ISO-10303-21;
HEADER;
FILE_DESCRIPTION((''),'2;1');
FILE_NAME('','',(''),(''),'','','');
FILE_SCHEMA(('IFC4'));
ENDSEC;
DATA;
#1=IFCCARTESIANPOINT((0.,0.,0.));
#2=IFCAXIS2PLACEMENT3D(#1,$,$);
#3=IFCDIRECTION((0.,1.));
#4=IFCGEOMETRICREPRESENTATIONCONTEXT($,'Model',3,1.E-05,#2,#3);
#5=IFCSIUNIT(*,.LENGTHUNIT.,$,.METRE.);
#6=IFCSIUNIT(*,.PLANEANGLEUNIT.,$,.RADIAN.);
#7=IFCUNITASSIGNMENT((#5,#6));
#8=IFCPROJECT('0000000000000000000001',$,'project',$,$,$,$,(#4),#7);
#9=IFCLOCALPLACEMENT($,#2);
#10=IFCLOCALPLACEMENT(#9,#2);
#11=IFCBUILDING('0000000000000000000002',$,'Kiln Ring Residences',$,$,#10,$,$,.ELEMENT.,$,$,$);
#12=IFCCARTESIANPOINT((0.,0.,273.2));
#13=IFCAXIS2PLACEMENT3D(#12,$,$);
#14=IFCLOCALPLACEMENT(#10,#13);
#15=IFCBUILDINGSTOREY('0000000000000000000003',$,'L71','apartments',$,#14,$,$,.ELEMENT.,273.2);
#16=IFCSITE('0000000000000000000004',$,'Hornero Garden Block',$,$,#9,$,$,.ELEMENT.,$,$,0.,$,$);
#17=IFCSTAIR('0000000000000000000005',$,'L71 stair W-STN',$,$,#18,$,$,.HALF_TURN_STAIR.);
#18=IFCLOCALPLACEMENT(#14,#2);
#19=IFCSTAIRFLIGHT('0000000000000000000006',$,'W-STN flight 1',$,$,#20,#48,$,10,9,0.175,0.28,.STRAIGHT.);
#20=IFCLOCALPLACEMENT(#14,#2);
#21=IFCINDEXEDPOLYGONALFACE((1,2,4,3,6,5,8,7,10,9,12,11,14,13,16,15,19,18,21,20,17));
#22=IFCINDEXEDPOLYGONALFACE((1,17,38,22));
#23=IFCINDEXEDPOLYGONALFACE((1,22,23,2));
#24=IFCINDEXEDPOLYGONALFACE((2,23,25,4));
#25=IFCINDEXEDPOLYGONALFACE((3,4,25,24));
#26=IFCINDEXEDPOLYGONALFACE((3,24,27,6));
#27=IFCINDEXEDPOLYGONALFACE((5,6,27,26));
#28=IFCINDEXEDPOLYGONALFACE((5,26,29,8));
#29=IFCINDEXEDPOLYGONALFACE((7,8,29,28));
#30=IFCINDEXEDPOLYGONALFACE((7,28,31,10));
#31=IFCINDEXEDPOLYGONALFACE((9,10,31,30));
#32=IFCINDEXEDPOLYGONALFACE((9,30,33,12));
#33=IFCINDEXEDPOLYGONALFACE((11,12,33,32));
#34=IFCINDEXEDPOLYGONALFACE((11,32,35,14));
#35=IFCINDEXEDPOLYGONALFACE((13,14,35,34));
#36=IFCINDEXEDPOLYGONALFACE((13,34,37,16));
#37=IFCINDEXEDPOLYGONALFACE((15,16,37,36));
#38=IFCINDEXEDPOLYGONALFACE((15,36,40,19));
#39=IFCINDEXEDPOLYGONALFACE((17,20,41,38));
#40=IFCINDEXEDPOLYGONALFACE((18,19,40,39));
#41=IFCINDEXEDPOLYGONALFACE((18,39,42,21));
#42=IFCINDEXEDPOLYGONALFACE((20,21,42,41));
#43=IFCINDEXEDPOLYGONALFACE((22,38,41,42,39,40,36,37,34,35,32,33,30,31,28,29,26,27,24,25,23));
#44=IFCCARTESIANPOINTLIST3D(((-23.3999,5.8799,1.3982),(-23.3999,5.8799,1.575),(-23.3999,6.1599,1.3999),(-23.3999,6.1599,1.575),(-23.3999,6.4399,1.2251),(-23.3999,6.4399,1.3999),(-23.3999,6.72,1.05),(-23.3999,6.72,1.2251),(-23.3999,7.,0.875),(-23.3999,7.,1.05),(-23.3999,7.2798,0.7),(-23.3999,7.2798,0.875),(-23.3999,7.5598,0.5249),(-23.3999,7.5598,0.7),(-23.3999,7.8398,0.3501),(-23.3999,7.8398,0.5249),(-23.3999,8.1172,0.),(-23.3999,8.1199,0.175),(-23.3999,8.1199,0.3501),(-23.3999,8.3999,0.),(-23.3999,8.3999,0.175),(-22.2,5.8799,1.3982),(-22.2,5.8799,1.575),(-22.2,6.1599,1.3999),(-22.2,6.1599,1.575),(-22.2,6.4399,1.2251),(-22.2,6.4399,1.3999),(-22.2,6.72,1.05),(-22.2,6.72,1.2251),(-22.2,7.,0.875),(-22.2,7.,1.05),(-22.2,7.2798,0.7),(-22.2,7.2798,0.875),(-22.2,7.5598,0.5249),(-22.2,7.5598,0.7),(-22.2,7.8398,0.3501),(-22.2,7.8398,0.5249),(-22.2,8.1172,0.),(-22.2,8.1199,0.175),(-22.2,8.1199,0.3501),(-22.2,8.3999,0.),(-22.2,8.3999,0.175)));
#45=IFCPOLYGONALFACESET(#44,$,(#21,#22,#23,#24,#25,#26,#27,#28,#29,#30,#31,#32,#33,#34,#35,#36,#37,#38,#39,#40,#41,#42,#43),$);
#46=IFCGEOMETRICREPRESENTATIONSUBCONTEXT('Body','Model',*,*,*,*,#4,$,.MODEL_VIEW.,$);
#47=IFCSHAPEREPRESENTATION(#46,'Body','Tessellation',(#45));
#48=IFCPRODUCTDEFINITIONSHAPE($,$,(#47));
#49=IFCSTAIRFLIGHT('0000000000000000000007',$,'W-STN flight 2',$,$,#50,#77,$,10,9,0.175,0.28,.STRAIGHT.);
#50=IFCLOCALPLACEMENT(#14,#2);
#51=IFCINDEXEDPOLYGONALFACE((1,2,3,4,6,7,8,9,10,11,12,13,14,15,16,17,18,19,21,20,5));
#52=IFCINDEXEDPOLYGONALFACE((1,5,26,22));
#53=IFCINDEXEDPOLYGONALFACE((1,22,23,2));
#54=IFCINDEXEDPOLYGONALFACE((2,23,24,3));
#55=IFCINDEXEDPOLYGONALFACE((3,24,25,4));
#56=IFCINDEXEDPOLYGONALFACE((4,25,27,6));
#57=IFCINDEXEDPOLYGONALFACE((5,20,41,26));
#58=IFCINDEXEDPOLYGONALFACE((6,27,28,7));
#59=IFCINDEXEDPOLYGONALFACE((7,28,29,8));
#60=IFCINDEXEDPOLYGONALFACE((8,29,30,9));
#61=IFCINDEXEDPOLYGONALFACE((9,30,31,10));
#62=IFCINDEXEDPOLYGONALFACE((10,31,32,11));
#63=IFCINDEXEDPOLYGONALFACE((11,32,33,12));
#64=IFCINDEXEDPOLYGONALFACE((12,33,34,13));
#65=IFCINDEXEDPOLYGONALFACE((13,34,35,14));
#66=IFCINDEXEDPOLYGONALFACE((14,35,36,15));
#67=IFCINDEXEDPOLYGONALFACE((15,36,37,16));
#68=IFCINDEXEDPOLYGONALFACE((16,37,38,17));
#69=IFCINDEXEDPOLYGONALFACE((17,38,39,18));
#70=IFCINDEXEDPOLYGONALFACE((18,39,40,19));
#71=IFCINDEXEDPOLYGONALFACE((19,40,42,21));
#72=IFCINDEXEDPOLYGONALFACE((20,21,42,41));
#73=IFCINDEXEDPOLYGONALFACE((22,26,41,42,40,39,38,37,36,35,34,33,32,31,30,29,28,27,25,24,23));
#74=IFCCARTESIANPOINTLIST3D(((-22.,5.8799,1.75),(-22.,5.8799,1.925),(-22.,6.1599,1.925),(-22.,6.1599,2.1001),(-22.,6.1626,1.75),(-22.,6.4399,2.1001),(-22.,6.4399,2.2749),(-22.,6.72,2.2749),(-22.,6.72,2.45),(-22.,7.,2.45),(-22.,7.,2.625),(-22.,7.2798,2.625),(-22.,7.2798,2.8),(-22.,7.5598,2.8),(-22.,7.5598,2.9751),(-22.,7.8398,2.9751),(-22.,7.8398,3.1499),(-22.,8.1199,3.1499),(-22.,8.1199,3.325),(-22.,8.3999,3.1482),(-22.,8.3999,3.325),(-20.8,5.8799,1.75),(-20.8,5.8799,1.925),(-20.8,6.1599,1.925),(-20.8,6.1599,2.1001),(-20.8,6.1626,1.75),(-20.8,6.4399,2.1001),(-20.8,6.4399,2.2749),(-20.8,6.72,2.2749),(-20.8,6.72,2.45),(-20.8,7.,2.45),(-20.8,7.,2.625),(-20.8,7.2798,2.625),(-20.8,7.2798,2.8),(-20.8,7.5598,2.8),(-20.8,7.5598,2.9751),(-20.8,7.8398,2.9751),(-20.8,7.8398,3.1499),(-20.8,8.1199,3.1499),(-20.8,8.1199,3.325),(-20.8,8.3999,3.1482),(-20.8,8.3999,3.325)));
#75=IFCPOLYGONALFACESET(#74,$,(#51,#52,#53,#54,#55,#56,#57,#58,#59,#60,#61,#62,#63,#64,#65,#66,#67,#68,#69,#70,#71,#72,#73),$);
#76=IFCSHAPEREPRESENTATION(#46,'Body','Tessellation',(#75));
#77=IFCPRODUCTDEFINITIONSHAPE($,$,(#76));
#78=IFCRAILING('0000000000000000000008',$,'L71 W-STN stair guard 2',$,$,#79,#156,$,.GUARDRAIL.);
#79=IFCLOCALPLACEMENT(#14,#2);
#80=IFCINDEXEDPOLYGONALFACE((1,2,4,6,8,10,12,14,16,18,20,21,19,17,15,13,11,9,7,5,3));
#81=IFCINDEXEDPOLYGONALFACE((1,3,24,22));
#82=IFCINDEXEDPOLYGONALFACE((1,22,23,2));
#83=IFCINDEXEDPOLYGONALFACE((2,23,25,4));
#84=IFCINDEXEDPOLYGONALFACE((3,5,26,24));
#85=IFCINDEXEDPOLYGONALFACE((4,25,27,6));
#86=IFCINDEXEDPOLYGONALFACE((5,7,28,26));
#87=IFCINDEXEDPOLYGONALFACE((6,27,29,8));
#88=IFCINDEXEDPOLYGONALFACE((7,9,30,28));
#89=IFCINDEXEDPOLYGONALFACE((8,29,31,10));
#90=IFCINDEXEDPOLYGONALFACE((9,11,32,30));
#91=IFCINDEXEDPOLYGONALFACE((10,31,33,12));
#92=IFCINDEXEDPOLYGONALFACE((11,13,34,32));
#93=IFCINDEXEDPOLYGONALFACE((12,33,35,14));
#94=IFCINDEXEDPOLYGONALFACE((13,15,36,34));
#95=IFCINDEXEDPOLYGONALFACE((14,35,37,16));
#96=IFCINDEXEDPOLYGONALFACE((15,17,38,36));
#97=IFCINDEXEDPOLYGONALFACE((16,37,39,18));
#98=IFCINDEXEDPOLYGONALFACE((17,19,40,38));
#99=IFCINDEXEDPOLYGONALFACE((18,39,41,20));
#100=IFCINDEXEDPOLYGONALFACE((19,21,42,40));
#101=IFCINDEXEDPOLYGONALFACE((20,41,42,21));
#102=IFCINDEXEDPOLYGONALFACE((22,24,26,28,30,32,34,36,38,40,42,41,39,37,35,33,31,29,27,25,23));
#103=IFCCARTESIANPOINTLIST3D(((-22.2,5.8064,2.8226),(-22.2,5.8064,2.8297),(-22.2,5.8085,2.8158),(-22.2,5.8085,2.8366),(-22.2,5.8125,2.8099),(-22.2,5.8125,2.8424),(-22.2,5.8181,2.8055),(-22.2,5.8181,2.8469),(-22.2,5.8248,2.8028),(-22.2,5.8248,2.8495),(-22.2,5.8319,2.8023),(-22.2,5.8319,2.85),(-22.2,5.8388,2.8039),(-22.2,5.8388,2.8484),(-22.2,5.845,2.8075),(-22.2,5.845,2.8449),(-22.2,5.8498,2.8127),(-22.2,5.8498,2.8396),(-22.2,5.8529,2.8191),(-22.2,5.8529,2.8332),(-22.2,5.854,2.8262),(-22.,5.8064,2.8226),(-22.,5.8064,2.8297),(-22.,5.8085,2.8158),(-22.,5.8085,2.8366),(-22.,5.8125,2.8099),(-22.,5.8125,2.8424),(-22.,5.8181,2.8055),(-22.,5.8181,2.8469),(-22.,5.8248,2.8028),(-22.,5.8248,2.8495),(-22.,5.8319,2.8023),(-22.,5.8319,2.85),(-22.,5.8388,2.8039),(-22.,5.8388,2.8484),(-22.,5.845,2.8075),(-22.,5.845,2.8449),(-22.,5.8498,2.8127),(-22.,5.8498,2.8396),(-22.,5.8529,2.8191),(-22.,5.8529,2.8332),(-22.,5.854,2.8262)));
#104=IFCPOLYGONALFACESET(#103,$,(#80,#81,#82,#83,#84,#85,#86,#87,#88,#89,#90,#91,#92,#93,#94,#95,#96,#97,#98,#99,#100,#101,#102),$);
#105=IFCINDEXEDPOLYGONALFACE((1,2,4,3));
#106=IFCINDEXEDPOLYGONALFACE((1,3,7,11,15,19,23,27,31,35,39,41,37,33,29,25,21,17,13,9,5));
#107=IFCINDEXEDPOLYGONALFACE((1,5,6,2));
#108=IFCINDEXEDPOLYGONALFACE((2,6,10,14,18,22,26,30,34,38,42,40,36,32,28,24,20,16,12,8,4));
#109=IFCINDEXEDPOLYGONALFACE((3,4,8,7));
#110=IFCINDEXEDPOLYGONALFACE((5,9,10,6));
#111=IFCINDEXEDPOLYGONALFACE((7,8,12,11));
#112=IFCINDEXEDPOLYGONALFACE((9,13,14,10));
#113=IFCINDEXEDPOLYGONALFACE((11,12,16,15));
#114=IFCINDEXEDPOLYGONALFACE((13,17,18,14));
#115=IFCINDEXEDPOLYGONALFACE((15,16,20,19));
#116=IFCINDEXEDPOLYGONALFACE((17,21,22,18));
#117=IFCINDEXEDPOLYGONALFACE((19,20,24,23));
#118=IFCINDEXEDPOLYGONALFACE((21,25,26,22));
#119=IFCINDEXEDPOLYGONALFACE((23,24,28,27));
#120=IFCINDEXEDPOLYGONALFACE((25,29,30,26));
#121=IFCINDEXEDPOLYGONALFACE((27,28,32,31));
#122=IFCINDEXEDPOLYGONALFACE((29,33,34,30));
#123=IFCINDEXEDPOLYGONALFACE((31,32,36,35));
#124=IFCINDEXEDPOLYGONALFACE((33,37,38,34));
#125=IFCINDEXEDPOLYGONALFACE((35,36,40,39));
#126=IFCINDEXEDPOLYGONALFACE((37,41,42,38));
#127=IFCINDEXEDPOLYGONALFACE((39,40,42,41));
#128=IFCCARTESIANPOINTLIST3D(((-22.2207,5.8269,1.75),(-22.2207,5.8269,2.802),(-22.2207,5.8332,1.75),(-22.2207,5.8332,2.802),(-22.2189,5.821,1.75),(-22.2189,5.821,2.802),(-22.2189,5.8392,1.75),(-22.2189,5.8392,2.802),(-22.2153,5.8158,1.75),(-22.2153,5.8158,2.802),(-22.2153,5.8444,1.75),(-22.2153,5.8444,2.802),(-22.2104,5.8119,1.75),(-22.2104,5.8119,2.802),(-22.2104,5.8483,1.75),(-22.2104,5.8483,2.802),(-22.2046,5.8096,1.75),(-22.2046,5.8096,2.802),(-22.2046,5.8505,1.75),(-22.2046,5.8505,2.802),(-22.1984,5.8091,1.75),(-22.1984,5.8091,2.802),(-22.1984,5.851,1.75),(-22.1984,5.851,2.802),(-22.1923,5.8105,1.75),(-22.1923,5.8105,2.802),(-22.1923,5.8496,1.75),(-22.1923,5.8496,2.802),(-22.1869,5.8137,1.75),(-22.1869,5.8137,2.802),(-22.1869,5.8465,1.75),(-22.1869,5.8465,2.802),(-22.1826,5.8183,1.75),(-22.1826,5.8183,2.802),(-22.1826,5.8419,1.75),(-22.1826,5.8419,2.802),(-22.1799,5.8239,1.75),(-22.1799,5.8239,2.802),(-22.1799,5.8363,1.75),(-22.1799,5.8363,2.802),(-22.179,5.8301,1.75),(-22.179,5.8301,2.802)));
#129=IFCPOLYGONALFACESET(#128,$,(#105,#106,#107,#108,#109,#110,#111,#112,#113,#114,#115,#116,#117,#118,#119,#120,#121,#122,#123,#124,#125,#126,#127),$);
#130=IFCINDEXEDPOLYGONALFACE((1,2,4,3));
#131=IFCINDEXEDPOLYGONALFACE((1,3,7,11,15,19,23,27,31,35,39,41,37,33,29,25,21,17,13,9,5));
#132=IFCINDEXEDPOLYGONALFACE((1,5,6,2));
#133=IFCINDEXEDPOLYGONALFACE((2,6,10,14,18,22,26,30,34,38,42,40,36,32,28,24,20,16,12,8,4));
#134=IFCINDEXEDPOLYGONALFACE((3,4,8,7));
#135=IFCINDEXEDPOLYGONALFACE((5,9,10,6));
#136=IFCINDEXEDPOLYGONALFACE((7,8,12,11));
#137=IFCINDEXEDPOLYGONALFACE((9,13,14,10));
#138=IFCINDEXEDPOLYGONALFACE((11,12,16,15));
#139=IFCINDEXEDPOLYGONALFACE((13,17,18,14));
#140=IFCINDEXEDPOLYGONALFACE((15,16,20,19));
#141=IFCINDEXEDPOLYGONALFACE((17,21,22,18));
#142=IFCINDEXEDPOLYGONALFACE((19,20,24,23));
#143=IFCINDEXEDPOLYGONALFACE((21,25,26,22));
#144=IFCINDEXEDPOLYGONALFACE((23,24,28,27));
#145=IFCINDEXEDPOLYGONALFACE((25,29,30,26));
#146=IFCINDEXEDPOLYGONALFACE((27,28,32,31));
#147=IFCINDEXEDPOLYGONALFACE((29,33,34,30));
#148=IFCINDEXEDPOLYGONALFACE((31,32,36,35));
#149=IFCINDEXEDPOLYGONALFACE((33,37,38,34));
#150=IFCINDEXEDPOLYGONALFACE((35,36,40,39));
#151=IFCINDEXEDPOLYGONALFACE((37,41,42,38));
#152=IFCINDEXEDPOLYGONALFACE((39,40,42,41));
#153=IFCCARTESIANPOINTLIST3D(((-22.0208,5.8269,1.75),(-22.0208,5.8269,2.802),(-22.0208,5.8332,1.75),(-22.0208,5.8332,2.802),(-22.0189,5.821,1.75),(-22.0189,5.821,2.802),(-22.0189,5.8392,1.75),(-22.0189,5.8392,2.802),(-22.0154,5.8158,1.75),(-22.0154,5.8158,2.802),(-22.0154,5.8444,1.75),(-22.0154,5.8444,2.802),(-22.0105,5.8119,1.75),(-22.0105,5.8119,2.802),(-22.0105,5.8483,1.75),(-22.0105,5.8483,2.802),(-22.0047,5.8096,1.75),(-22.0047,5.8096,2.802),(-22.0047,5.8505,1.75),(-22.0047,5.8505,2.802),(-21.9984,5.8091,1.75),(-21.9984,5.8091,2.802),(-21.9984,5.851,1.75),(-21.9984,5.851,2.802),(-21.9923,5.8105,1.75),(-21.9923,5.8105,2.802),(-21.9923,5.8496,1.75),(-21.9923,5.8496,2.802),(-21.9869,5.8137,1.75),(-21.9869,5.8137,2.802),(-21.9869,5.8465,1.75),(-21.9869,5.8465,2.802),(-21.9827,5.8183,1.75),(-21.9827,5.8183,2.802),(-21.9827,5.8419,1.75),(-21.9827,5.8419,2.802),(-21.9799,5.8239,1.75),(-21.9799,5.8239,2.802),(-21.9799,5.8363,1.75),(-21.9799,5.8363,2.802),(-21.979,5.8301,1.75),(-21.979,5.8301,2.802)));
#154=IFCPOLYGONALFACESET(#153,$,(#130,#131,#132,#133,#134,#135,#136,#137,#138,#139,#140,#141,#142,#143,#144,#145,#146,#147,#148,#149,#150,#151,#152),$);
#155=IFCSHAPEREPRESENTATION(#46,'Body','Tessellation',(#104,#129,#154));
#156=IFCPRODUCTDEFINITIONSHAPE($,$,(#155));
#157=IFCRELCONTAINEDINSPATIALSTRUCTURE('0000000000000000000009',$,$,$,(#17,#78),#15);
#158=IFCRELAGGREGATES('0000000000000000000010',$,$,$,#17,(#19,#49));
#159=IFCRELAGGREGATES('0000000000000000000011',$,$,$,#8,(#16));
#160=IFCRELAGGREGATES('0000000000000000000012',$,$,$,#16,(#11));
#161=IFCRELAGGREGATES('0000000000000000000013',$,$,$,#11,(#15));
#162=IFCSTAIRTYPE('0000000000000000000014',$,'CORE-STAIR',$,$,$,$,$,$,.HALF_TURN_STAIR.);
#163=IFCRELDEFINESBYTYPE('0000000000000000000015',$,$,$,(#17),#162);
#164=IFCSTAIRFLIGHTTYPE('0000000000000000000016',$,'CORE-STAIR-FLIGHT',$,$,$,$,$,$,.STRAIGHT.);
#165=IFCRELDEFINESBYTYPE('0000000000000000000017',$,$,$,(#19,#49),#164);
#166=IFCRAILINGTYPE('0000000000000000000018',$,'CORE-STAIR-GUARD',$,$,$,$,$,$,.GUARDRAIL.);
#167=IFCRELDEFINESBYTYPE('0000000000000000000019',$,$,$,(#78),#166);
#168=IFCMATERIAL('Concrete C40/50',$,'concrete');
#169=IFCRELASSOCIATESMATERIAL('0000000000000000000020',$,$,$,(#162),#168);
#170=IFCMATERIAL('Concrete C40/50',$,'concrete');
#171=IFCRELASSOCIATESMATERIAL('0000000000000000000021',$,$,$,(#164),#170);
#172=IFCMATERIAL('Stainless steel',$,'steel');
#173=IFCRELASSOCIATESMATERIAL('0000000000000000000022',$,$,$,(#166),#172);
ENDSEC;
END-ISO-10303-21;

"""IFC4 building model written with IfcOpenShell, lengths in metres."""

from ifc_helpers import new_model, si_unit, direction, frame, origin, origin_2d, place, context, subcontext, project, spatial, polyline, circle, outline, extrude, material, type_object, element, aggregate, save


model = new_model("IFC4")

# Units and contexts
model_context = context("Model", 3, precision=1e-05, world=origin(), true_north=direction((0.0, 1.0)))
body_context = subcontext(model_context, "Body", "Model", "MODEL_VIEW")
ifc_project = project(units=[si_unit("LENGTHUNIT", "METRE"), si_unit("PLANEANGLEUNIT", "RADIAN")], contexts=[model_context])

# Site, building, storey
site_placement = place(None, origin())
site = spatial("IfcSite", under=ifc_project, at=site_placement, Name="Hornero Garden Block", CompositionType="ELEMENT", RefElevation=0.0)
building_placement = place(site_placement, origin())
building = spatial("IfcBuilding", under=site, at=building_placement, Name="Kiln Ring Residences", CompositionType="ELEMENT")
storey_placement = place(building_placement, frame((0.0, 0.0, 273.2)))
storey = spatial("IfcBuildingStorey", under=building, at=storey_placement, Name="L71", Description="apartments", CompositionType="ELEMENT", Elevation=273.2)

# Stair, stair flights
ifc_material_1 = material(Name="Concrete C40/50", Category="concrete")
stair_type = type_object("IfcStairType", Name="CORE-STAIR", PredefinedType="HALF_TURN_STAIR", material=ifc_material_1)
stair_placement = place(storey_placement, origin())
stair = element("IfcStair", 1, at=stair_placement, inside=storey, type_object=stair_type, Name="L71 stair W-STN", PredefinedType="HALF_TURN_STAIR")
ifc_material_2 = material(Name="Concrete C40/50", Category="concrete")
stair_flight_type = type_object("IfcStairFlightType", Name="CORE-STAIR-FLIGHT", PredefinedType="STRAIGHT", material=ifc_material_2)
stair_flight_1_placement = place(storey_placement, frame((-22.8, 8.3999, 0.0), z_axis=(0.0, 0.0, 1.0), x_axis=(0.0, -1.0, 0.0)))
stair_flight_1 = element("IfcStairFlight", 2, at=stair_flight_1_placement, type_object=stair_flight_type, Name="W-STN flight 1", NumberOfRisers=10, NumberOfTreads=9, PredefinedType="STRAIGHT", RiserHeight=0.175, TreadLength=0.28, context=body_context, shape_type="SweptSolid", body=[
    extrude(outline(polyline([(0.0, 0.0), (0.0, 0.175), (0.28, 0.175), (0.28, 0.3501), (0.5601, 0.3501), (0.5601, 0.5249), (0.8401, 0.5249), (0.8401, 0.7), (1.1201, 0.7), (1.1201, 0.875), (1.3999, 0.875), (1.3999, 1.05), (1.6799, 1.05), (1.6799, 1.2251), (1.96, 1.2251), (1.96, 1.3999), (2.24, 1.3999), (2.24, 1.575), (2.52, 1.575), (2.52, 1.75), (2.52, 1.3982), (0.2827, 0.0), (0.0, 0.0)])), frame((0.0, 0.6001, 0.0), z_axis=(0.0, -1.0, 0.0), x_axis=(1.0, 0.0, 0.0)), (0.0, 0.0, 1.0), 1.2),
])
stair_flight_2_placement = place(storey_placement, frame((-21.3999, 5.8799, 1.75), z_axis=(0.0, 0.0, 1.0), x_axis=(0.0, 1.0, 0.0)))
stair_flight_2 = element("IfcStairFlight", 3, at=stair_flight_2_placement, type_object=stair_flight_type, Name="W-STN flight 2", NumberOfRisers=10, NumberOfTreads=9, PredefinedType="STRAIGHT", RiserHeight=0.175, TreadLength=0.28, context=body_context, shape_type="SweptSolid", body=[
    extrude(outline(polyline([(0.0, 0.0), (0.0, 0.175), (0.28, 0.175), (0.28, 0.3501), (0.5601, 0.3501), (0.5601, 0.5249), (0.8401, 0.5249), (0.8401, 0.7), (1.1201, 0.7), (1.1201, 0.875), (1.3999, 0.875), (1.3999, 1.05), (1.6799, 1.05), (1.6799, 1.2251), (1.96, 1.2251), (1.96, 1.3999), (2.24, 1.3999), (2.24, 1.575), (2.52, 1.575), (2.52, 1.75), (2.52, 1.3982), (0.2827, 0.0), (0.0, 0.0)])), frame((0.0, 0.6001, 0.0), z_axis=(0.0, -1.0, 0.0), x_axis=(1.0, 0.0, 0.0)), (0.0, 0.0, 1.0), 1.2),
])
aggregate(stair, [stair_flight_1, stair_flight_2])

# Railing
ifc_material_3 = material(Name="Stainless steel", Category="steel")
railing_type_1 = type_object("IfcRailingType", Name="CORE-STAIR-GUARD", PredefinedType="GUARDRAIL", material=ifc_material_3)
railing_1_placement = place(storey_placement, frame((-22.2, 5.8301, 1.75)))
element("IfcRailing", 4, at=railing_1_placement, inside=storey, type_object=railing_type_1, Name="L71 W-STN stair guard 2", PredefinedType="GUARDRAIL", context=body_context, shape_type="SweptSolid", body=[
    extrude(circle(Radius=0.0239, at=origin_2d()), frame((0.0, 0.0, 1.0762), z_axis=(1.0, 0.0, 0.0), x_axis=(0.0, 1.0, 0.0)), (0.0, 0.0, 1.0), 0.2),
    extrude(circle(Radius=0.021, at=origin_2d()), origin(), (0.0, 0.0, 1.0), 1.052),
    extrude(circle(Radius=0.021, at=origin_2d()), frame((0.2, 0.0, 0.0)), (0.0, 0.0, 1.0), 1.052),
])

save(model, "model.ifc")
